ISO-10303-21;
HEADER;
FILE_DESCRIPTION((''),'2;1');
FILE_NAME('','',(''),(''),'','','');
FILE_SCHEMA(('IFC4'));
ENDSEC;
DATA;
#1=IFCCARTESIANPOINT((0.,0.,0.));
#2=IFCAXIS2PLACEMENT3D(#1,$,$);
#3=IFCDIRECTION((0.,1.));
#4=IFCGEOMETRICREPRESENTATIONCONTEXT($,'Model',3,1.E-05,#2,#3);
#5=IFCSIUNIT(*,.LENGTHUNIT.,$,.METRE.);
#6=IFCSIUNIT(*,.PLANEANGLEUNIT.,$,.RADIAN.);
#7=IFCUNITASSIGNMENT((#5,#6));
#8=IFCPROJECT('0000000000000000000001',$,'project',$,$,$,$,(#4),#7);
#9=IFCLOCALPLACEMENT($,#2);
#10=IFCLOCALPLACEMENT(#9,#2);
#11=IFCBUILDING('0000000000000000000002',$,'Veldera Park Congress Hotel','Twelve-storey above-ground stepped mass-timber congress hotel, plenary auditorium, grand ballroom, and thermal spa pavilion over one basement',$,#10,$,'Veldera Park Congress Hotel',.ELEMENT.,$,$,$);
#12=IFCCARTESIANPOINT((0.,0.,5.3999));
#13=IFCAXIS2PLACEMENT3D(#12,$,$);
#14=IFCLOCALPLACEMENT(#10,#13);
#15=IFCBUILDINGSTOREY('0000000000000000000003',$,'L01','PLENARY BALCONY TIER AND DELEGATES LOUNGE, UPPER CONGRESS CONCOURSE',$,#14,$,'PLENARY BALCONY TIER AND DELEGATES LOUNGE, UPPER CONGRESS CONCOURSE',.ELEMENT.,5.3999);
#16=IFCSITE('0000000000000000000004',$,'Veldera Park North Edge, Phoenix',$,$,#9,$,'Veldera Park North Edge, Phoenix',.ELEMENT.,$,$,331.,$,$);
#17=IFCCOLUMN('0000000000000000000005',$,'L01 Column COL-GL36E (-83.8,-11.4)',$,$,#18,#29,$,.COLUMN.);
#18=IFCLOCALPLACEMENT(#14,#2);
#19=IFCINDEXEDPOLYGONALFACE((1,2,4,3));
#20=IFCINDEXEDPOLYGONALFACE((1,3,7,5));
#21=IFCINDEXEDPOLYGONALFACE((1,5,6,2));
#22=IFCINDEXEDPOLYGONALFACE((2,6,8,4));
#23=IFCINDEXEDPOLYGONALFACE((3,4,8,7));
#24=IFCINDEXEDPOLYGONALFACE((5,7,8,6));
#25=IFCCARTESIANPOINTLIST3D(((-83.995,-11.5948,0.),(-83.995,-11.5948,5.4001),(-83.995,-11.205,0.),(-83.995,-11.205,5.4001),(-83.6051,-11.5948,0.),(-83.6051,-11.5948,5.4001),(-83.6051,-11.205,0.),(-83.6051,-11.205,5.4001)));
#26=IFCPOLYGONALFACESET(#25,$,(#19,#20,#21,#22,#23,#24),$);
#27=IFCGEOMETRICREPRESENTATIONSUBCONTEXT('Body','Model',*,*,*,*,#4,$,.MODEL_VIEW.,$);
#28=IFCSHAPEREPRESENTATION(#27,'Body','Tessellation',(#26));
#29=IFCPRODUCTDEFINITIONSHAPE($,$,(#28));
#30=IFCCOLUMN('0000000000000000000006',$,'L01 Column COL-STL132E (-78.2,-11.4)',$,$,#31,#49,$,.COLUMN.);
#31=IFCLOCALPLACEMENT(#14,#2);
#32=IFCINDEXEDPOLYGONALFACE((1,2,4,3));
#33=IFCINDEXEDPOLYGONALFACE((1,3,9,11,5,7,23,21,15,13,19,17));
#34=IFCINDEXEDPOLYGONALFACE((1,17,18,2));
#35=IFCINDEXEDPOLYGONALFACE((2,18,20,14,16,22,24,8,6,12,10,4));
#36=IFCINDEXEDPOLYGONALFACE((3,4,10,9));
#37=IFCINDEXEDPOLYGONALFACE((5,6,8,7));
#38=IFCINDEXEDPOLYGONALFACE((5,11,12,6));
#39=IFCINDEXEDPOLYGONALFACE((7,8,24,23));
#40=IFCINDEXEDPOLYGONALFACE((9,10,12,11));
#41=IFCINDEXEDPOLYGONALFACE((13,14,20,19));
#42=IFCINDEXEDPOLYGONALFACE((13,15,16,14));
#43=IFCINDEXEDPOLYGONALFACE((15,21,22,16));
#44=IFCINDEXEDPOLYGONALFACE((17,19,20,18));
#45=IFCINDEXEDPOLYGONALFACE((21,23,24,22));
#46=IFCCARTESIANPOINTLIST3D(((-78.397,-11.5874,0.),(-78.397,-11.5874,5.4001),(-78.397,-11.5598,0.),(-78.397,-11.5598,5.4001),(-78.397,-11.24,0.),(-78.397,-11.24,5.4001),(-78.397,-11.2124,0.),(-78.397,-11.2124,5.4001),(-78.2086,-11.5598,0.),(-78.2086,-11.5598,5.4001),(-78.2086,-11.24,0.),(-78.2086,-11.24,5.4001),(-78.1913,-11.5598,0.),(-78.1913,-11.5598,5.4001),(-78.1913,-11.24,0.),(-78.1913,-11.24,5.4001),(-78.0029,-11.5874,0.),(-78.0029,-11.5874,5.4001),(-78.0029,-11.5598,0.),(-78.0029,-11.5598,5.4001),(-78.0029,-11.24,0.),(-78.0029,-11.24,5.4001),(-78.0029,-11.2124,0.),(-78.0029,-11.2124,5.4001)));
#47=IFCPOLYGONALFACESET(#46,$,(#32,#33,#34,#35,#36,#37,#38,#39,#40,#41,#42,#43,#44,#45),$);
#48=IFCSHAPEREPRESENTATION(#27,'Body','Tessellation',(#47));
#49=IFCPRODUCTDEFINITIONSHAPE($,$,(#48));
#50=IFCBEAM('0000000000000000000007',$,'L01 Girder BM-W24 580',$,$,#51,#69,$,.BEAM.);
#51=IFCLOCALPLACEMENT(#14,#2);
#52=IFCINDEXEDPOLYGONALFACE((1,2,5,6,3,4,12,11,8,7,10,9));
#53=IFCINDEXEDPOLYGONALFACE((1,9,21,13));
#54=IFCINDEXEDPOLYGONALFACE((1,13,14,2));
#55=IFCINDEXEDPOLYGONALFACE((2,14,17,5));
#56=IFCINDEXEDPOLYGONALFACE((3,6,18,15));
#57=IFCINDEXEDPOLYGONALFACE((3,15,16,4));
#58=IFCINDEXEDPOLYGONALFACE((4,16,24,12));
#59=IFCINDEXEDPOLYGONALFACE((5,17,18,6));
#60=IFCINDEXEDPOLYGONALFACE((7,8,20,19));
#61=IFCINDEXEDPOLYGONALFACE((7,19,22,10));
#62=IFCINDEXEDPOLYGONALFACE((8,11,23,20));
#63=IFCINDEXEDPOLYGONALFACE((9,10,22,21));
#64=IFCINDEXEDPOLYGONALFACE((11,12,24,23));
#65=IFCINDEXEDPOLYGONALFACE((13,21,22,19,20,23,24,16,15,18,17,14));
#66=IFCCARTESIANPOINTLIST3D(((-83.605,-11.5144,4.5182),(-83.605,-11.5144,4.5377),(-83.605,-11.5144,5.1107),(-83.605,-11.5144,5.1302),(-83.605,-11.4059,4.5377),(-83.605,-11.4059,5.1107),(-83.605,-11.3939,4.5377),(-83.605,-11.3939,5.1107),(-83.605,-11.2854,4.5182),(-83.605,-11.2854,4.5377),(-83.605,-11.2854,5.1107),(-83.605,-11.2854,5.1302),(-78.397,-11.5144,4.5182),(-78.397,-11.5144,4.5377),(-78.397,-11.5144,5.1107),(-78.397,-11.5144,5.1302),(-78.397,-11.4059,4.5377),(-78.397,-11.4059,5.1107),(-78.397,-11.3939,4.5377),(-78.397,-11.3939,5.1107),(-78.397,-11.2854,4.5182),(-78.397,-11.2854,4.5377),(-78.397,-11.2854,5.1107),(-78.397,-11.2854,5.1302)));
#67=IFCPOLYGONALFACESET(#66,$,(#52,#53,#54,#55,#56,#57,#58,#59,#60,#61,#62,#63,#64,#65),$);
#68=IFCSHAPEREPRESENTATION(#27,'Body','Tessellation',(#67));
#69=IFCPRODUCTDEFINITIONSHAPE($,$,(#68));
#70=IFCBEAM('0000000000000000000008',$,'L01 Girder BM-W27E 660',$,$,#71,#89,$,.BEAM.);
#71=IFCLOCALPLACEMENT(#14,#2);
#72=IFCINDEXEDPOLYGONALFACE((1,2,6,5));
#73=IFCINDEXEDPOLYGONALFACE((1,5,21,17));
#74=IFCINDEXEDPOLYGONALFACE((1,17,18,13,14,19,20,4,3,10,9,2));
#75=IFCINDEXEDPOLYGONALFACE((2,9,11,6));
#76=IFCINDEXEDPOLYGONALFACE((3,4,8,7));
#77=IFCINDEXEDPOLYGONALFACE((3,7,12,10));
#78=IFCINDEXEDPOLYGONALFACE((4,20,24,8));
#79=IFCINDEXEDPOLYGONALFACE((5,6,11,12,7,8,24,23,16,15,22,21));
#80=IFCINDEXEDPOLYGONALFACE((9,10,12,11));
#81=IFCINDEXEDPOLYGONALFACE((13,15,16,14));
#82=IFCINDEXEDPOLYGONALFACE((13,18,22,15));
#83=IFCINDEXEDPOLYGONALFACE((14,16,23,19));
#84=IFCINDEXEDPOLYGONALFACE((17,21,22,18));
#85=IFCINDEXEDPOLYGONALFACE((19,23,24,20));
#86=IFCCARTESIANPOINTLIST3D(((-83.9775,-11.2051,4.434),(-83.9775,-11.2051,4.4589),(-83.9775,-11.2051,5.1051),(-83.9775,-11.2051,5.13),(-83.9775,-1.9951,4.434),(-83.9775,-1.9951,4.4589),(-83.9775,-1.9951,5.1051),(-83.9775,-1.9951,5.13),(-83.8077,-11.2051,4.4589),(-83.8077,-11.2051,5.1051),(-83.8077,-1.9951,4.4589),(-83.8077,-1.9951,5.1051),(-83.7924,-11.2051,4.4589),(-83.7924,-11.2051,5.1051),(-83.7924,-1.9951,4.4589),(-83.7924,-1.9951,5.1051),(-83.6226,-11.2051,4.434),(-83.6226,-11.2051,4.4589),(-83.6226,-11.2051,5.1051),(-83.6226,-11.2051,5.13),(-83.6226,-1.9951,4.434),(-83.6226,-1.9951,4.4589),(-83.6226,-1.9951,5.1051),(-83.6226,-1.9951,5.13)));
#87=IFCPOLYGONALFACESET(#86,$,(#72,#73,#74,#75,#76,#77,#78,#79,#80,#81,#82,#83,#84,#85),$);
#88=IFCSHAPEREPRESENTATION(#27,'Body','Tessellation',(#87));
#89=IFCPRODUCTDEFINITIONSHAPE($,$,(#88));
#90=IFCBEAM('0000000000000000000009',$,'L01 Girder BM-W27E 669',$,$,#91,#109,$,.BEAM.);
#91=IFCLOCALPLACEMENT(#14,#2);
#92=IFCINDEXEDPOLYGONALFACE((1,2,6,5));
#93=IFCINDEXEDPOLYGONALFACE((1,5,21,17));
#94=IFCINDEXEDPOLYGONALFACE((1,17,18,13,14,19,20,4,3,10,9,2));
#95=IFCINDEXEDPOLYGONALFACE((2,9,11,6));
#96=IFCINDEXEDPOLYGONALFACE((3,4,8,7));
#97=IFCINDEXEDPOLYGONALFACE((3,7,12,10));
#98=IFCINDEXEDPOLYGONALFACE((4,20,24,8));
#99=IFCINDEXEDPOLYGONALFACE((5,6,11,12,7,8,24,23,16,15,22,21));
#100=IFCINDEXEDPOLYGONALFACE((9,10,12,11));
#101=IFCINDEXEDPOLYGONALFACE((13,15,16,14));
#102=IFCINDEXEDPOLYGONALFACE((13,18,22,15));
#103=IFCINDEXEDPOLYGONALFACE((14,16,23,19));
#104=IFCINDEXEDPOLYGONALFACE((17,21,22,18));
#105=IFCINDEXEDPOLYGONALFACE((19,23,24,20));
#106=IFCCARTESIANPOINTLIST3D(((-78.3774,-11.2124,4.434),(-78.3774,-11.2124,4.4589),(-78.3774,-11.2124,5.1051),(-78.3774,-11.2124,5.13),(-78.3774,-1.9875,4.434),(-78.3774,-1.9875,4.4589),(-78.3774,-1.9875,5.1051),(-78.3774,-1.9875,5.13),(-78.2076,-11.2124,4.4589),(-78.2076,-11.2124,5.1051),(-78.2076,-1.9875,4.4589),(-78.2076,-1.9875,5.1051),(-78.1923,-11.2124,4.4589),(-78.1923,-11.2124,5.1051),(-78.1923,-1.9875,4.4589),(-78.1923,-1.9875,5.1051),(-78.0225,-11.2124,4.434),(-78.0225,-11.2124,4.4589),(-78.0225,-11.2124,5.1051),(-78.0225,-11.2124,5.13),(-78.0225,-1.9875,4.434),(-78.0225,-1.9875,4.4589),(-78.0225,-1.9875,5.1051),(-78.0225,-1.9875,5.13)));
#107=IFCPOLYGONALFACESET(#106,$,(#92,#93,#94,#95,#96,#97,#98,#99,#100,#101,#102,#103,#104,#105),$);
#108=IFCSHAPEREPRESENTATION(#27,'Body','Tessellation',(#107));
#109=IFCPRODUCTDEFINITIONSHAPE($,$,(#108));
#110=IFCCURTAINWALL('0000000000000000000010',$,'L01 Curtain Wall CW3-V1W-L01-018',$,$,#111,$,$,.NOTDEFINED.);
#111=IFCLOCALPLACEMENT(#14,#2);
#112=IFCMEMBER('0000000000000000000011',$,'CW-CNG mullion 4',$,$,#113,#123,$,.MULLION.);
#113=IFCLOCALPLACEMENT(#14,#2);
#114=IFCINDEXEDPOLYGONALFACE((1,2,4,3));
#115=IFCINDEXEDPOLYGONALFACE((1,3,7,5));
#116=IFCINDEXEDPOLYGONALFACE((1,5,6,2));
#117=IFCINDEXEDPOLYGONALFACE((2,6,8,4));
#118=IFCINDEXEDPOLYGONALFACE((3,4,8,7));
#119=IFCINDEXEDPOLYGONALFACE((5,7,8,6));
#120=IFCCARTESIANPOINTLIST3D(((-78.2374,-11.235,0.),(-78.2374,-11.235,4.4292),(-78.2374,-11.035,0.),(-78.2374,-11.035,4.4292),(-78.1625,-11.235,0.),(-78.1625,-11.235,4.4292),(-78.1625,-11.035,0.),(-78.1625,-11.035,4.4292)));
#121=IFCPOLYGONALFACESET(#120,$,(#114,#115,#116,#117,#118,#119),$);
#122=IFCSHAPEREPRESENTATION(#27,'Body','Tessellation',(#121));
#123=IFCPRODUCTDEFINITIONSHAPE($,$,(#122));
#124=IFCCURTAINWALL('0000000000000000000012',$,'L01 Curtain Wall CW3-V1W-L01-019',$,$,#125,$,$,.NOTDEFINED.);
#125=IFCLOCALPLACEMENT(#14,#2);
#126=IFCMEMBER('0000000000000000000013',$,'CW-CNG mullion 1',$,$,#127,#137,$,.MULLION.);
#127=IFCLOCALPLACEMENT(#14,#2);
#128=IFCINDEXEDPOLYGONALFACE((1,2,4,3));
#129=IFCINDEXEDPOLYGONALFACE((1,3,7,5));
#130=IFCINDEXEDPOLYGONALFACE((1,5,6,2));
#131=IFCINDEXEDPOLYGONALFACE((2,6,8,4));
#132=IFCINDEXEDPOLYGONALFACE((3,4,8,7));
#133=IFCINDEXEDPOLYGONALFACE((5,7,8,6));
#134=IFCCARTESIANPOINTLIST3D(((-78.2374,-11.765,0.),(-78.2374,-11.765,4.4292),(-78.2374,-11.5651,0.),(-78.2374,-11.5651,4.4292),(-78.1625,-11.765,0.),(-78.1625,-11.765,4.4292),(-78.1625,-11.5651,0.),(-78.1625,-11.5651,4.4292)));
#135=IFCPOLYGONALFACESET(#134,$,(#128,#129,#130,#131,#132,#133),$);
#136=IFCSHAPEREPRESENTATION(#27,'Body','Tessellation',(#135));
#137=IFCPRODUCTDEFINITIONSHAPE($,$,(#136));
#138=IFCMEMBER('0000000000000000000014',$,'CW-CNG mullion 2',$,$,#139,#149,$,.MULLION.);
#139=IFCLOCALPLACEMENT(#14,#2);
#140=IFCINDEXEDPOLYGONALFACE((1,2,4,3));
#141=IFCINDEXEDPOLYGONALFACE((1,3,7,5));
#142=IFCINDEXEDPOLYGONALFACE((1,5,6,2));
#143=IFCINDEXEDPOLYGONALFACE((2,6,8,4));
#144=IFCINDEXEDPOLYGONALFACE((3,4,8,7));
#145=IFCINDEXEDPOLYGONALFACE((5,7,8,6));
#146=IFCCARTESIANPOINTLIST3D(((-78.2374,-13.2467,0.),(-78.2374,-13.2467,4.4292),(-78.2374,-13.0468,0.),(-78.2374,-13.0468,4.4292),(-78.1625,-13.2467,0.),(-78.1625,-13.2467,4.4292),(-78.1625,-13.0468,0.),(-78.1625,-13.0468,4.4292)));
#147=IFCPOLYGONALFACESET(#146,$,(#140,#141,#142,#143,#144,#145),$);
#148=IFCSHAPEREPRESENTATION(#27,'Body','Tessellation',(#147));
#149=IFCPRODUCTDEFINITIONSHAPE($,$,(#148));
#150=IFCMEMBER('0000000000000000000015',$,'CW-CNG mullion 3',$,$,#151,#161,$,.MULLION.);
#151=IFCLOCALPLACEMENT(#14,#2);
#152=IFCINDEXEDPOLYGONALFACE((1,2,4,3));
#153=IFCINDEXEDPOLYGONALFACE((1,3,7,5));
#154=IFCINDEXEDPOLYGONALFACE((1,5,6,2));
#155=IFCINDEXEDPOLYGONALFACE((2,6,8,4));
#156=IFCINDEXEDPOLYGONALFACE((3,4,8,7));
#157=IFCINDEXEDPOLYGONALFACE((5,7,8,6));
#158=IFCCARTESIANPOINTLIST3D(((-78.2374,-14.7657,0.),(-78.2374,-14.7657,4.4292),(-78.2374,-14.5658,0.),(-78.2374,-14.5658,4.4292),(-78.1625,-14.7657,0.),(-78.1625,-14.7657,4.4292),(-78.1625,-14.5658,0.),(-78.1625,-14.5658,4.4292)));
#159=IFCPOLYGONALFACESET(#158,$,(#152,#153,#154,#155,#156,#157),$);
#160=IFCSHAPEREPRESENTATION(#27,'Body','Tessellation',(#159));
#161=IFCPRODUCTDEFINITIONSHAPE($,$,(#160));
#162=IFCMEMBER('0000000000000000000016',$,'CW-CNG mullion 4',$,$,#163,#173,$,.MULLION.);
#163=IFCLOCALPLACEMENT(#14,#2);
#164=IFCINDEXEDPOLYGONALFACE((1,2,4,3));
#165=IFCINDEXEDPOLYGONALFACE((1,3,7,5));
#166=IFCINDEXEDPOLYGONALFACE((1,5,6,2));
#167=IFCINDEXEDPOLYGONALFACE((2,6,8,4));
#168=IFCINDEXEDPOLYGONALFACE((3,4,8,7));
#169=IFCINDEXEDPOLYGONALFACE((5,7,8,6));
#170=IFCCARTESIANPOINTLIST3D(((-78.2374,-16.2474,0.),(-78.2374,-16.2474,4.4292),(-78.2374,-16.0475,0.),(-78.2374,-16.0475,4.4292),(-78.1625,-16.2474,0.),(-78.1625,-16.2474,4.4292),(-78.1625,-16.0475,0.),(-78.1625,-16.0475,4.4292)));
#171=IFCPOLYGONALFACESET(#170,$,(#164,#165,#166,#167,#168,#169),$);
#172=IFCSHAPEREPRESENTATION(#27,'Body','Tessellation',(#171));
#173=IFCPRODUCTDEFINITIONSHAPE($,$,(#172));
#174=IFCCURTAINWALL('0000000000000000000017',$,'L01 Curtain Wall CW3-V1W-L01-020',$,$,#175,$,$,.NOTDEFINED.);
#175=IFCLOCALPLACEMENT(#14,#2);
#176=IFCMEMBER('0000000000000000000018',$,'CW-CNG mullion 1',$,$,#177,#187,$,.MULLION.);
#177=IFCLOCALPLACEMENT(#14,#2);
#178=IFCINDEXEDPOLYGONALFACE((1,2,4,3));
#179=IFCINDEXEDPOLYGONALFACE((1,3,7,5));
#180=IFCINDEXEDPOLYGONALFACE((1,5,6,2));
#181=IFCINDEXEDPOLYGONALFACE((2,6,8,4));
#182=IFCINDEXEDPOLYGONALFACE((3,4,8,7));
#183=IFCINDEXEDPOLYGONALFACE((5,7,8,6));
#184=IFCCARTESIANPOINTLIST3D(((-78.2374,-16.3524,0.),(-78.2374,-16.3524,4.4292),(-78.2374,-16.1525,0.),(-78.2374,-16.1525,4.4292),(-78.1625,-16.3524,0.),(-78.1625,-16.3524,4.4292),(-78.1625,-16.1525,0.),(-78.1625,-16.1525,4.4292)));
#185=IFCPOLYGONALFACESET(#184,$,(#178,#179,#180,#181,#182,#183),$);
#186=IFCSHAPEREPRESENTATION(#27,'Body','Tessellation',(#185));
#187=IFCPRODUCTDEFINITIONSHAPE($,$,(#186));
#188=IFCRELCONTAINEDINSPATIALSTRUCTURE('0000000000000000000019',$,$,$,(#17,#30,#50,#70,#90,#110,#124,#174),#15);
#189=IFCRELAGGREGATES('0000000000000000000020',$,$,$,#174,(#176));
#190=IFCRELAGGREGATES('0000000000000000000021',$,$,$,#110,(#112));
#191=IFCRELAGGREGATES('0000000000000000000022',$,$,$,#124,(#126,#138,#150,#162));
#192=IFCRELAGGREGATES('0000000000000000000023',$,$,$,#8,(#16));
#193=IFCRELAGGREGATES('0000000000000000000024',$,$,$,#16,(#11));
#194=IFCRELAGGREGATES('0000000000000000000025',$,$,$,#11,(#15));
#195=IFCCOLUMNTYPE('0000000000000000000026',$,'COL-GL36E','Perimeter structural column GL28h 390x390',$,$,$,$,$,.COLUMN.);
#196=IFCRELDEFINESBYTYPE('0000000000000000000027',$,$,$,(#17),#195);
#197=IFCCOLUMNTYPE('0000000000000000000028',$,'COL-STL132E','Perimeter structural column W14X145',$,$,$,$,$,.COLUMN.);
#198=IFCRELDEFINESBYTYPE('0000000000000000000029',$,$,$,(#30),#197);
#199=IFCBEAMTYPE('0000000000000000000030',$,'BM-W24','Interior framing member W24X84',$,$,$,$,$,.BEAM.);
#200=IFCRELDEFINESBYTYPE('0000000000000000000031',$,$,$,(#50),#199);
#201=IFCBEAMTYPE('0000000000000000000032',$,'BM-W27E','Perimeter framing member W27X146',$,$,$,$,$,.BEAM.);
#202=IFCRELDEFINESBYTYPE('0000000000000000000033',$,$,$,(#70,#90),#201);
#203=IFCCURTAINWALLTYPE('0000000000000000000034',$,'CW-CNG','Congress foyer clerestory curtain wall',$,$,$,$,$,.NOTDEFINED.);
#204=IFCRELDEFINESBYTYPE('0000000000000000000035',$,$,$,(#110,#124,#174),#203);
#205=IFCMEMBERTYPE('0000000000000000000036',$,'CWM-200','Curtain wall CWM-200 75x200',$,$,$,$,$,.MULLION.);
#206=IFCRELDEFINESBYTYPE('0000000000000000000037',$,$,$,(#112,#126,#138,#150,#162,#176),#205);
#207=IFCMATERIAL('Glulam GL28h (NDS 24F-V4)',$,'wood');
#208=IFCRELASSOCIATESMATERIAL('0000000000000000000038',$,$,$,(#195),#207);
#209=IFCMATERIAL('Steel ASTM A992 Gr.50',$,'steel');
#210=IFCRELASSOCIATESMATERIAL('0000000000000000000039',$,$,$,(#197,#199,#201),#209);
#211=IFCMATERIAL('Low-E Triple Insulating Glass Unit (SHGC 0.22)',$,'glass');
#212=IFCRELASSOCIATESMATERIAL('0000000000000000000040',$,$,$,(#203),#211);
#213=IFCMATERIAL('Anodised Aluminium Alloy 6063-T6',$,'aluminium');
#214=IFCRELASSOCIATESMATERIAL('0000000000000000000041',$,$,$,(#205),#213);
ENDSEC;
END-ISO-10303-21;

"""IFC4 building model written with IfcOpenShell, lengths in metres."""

from ifc_helpers import new_model, si_unit, direction, frame, origin, origin_2d, place, context, subcontext, project, spatial, rectangle, i_section, extrude, material, material_profile, profile_set, type_object, element, aggregate, save


model = new_model("IFC4")

# Units and contexts
model_context = context("Model", 3, precision=1e-05, world=origin(), true_north=direction((0.0, 1.0)))
body_context = subcontext(model_context, "Body", "Model", "MODEL_VIEW")
ifc_project = project(units=[si_unit("LENGTHUNIT", "METRE"), si_unit("PLANEANGLEUNIT", "RADIAN")], contexts=[model_context])

# Site, building, storey
site_placement = place(None, origin())
site = spatial("IfcSite", under=ifc_project, at=site_placement, Name="Veldera Park North Edge, Phoenix", LongName="Veldera Park North Edge, Phoenix", CompositionType="ELEMENT", RefElevation=331.0)
building_placement = place(site_placement, origin())
building = spatial("IfcBuilding", under=site, at=building_placement, Name="Veldera Park Congress Hotel", Description="Twelve-storey above-ground stepped mass-timber congress hotel, plenary auditorium, grand ballroom, and thermal spa pavilion over one basement", LongName="Veldera Park Congress Hotel", CompositionType="ELEMENT")
storey_placement = place(building_placement, frame((0.0, 0.0, 5.3999)))
storey = spatial("IfcBuildingStorey", under=building, at=storey_placement, Name="L01", Description="PLENARY BALCONY TIER AND DELEGATES LOUNGE, UPPER CONGRESS CONCOURSE", LongName="PLENARY BALCONY TIER AND DELEGATES LOUNGE, UPPER CONGRESS CONCOURSE", CompositionType="ELEMENT", Elevation=5.3999)

# Columns
ifc_material_1 = material(Name="Glulam GL28h (NDS 24F-V4)", Category="wood")
ifc_material_profile_1 = material_profile(ifc_material_1, rectangle(XDim=0.3899, YDim=0.3899, at=origin_2d()), Name="GL28h 390x390")
ifc_profile_set_1 = profile_set([ifc_material_profile_1], Name="Glulam GL28h (NDS 24F-V4)")
column_type_1 = type_object("IfcColumnType", Name="COL-GL36E", Description="Perimeter structural column GL28h 390x390", PredefinedType="COLUMN", material=ifc_profile_set_1)
column_1_placement = place(storey_placement, frame((-83.8, -11.3999, 0.0), z_axis=(0.0, 0.0, 1.0), x_axis=(1.0, 0.0, 0.0)))
element("IfcColumn", 1, at=column_1_placement, inside=storey, type_object=column_type_1, Name="L01 Column COL-GL36E (-83.8,-11.4)", PredefinedType="COLUMN", context=body_context, shape_type="SweptSolid", body=[
    extrude(rectangle(XDim=0.3899, YDim=0.3899, at=origin_2d()), origin(), (0.0, 0.0, 1.0), 5.4001),
])
ifc_material_2 = material(Name="Steel ASTM A992 Gr.50", Category="steel")
ifc_material_profile_2 = material_profile(ifc_material_2, i_section(OverallWidth=0.394, OverallDepth=0.375, WebThickness=0.0173, FlangeThickness=0.0276, at=origin_2d()), Name="W14X145")
ifc_profile_set_2 = profile_set([ifc_material_profile_2], Name="Steel ASTM A992 Gr.50")
column_type_2 = type_object("IfcColumnType", Name="COL-STL132E", Description="Perimeter structural column W14X145", PredefinedType="COLUMN", material=ifc_profile_set_2)
column_2_placement = place(storey_placement, frame((-78.2, -11.3999, 0.0), z_axis=(0.0, 0.0, 1.0), x_axis=(1.0, 0.0, 0.0)))
element("IfcColumn", 2, at=column_2_placement, inside=storey, type_object=column_type_2, Name="L01 Column COL-STL132E (-78.2,-11.4)", PredefinedType="COLUMN", context=body_context, shape_type="SweptSolid", body=[
    extrude(i_section(OverallWidth=0.394, OverallDepth=0.375, WebThickness=0.0173, FlangeThickness=0.0276, at=origin_2d()), origin(), (0.0, 0.0, 1.0), 5.4001),
])

# Beams
ifc_material_profile_3 = material_profile(ifc_material_2, i_section(OverallWidth=0.229, OverallDepth=0.6121, WebThickness=0.012, FlangeThickness=0.0195, at=origin_2d()), Name="W24X84")
ifc_profile_set_3 = profile_set([ifc_material_profile_3], Name="Steel ASTM A992 Gr.50")
beam_type_1 = type_object("IfcBeamType", Name="BM-W24", Description="Interior framing member W24X84", PredefinedType="BEAM", material=ifc_profile_set_3)
beam_1_placement = place(storey_placement, frame((-83.605, -11.3999, 4.8242), z_axis=(1.0, 0.0, 0.0), x_axis=(0.0, 1.0, 0.0)))
element("IfcBeam", 3, at=beam_1_placement, inside=storey, type_object=beam_type_1, Name="L01 Girder BM-W24 580", PredefinedType="BEAM", context=body_context, shape_type="SweptSolid", body=[
    extrude(i_section(OverallWidth=0.229, OverallDepth=0.6121, WebThickness=0.012, FlangeThickness=0.0195, at=origin_2d()), origin(), (0.0, 0.0, 1.0), 5.208),
])
ifc_material_profile_4 = material_profile(ifc_material_2, i_section(OverallWidth=0.355, OverallDepth=0.696, WebThickness=0.0154, FlangeThickness=0.0249, at=origin_2d()), Name="W27X146")
ifc_profile_set_4 = profile_set([ifc_material_profile_4], Name="Steel ASTM A992 Gr.50")
beam_type_2 = type_object("IfcBeamType", Name="BM-W27E", Description="Perimeter framing member W27X146", PredefinedType="BEAM", material=ifc_profile_set_4)
beam_2_placement = place(storey_placement, frame((-83.8, -11.2051, 4.782), z_axis=(0.0, 1.0, 0.0), x_axis=(-1.0, 0.0, 0.0)))
element("IfcBeam", 4, at=beam_2_placement, inside=storey, type_object=beam_type_2, Name="L01 Girder BM-W27E 660", PredefinedType="BEAM", context=body_context, shape_type="SweptSolid", body=[
    extrude(i_section(OverallWidth=0.355, OverallDepth=0.696, WebThickness=0.0154, FlangeThickness=0.0249, at=origin_2d()), origin(), (0.0, 0.0, 1.0), 9.21),
])
beam_3_placement = place(storey_placement, frame((-78.2, -11.2124, 4.782), z_axis=(0.0, 1.0, 0.0), x_axis=(-1.0, 0.0, 0.0)))
element("IfcBeam", 5, at=beam_3_placement, inside=storey, type_object=beam_type_2, Name="L01 Girder BM-W27E 669", PredefinedType="BEAM", context=body_context, shape_type="SweptSolid", body=[
    extrude(i_section(OverallWidth=0.355, OverallDepth=0.696, WebThickness=0.0154, FlangeThickness=0.0249, at=origin_2d()), origin(), (0.0, 0.0, 1.0), 9.2249),
])

# Curtain wall, member
ifc_material_3 = material(Name="Low-E Triple Insulating Glass Unit (SHGC 0.22)", Category="glass")
curtain_wall_type = type_object("IfcCurtainWallType", Name="CW-CNG", Description="Congress foyer clerestory curtain wall", PredefinedType="NOTDEFINED", material=ifc_material_3)
curtain_wall_1_placement = place(storey_placement, origin())
curtain_wall_1 = element("IfcCurtainWall", 6, at=curtain_wall_1_placement, inside=storey, type_object=curtain_wall_type, Name="L01 Curtain Wall CW3-V1W-L01-018", PredefinedType="NOTDEFINED")
ifc_material_4 = material(Name="Anodised Aluminium Alloy 6063-T6", Category="aluminium")
ifc_material_profile_5 = material_profile(ifc_material_4, rectangle(XDim=0.075, YDim=0.2, at=origin_2d()), Name="ALU 75x200")
ifc_profile_set_5 = profile_set([ifc_material_profile_5], Name="Anodised Aluminium Alloy 6063-T6")
member_type_1 = type_object("IfcMemberType", Name="CWM-200", Description="Curtain wall CWM-200 75x200", PredefinedType="MULLION", material=ifc_profile_set_5)
member_1_placement = place(storey_placement, frame((-78.2, -11.135, 0.0), z_axis=(0.0, 0.0, 1.0), x_axis=(1.0, 0.0, 0.0)))
member_1 = element("IfcMember", 7, at=member_1_placement, type_object=member_type_1, Name="CW-CNG mullion 4", PredefinedType="MULLION", context=body_context, shape_type="SweptSolid", body=[
    extrude(rectangle(XDim=0.075, YDim=0.2, at=origin_2d()), origin(), (0.0, 0.0, 1.0), 4.4292),
])

# Curtain wall, members
curtain_wall_2_placement = place(storey_placement, origin())
curtain_wall_2 = element("IfcCurtainWall", 8, at=curtain_wall_2_placement, inside=storey, type_object=curtain_wall_type, Name="L01 Curtain Wall CW3-V1W-L01-019", PredefinedType="NOTDEFINED")
member_2_placement = place(storey_placement, frame((-78.2, -11.665, 0.0), z_axis=(0.0, 0.0, 1.0), x_axis=(1.0, 0.0, 0.0)))
member_2 = element("IfcMember", 9, at=member_2_placement, type_object=member_type_1, Name="CW-CNG mullion 1", PredefinedType="MULLION", context=body_context, shape_type="SweptSolid", body=[
    extrude(rectangle(XDim=0.075, YDim=0.2, at=origin_2d()), origin(), (0.0, 0.0, 1.0), 4.4292),
])
member_3_placement = place(storey_placement, frame((-78.2, -13.1467, 0.0), z_axis=(0.0, 0.0, 1.0), x_axis=(1.0, 0.0, 0.0)))
member_3 = element("IfcMember", 10, at=member_3_placement, type_object=member_type_1, Name="CW-CNG mullion 2", PredefinedType="MULLION", context=body_context, shape_type="SweptSolid", body=[
    extrude(rectangle(XDim=0.075, YDim=0.2, at=origin_2d()), origin(), (0.0, 0.0, 1.0), 4.4292),
])
member_4_placement = place(storey_placement, frame((-78.2, -14.6658, 0.0), z_axis=(0.0, 0.0, 1.0), x_axis=(1.0, 0.0, 0.0)))
member_4 = element("IfcMember", 11, at=member_4_placement, type_object=member_type_1, Name="CW-CNG mullion 3", PredefinedType="MULLION", context=body_context, shape_type="SweptSolid", body=[
    extrude(rectangle(XDim=0.075, YDim=0.2, at=origin_2d()), origin(), (0.0, 0.0, 1.0), 4.4292),
])
member_5_placement = place(storey_placement, frame((-78.2, -16.1475, 0.0), z_axis=(0.0, 0.0, 1.0), x_axis=(1.0, 0.0, 0.0)))
member_5 = element("IfcMember", 12, at=member_5_placement, type_object=member_type_1, Name="CW-CNG mullion 4", PredefinedType="MULLION", context=body_context, shape_type="SweptSolid", body=[
    extrude(rectangle(XDim=0.075, YDim=0.2, at=origin_2d()), origin(), (0.0, 0.0, 1.0), 4.4292),
])

# Curtain wall, member
curtain_wall_3_placement = place(storey_placement, origin())
curtain_wall_3 = element("IfcCurtainWall", 13, at=curtain_wall_3_placement, inside=storey, type_object=curtain_wall_type, Name="L01 Curtain Wall CW3-V1W-L01-020", PredefinedType="NOTDEFINED")
member_6_placement = place(storey_placement, frame((-78.2, -16.2524, 0.0), z_axis=(0.0, 0.0, 1.0), x_axis=(1.0, 0.0, 0.0)))
member_6 = element("IfcMember", 14, at=member_6_placement, type_object=member_type_1, Name="CW-CNG mullion 1", PredefinedType="MULLION", context=body_context, shape_type="SweptSolid", body=[
    extrude(rectangle(XDim=0.075, YDim=0.2, at=origin_2d()), origin(), (0.0, 0.0, 1.0), 4.4292),
])

aggregate(curtain_wall_3, [member_6])

aggregate(curtain_wall_1, [member_1])
aggregate(curtain_wall_2, [member_2, member_3, member_4, member_5])

save(model, "model.ifc")
